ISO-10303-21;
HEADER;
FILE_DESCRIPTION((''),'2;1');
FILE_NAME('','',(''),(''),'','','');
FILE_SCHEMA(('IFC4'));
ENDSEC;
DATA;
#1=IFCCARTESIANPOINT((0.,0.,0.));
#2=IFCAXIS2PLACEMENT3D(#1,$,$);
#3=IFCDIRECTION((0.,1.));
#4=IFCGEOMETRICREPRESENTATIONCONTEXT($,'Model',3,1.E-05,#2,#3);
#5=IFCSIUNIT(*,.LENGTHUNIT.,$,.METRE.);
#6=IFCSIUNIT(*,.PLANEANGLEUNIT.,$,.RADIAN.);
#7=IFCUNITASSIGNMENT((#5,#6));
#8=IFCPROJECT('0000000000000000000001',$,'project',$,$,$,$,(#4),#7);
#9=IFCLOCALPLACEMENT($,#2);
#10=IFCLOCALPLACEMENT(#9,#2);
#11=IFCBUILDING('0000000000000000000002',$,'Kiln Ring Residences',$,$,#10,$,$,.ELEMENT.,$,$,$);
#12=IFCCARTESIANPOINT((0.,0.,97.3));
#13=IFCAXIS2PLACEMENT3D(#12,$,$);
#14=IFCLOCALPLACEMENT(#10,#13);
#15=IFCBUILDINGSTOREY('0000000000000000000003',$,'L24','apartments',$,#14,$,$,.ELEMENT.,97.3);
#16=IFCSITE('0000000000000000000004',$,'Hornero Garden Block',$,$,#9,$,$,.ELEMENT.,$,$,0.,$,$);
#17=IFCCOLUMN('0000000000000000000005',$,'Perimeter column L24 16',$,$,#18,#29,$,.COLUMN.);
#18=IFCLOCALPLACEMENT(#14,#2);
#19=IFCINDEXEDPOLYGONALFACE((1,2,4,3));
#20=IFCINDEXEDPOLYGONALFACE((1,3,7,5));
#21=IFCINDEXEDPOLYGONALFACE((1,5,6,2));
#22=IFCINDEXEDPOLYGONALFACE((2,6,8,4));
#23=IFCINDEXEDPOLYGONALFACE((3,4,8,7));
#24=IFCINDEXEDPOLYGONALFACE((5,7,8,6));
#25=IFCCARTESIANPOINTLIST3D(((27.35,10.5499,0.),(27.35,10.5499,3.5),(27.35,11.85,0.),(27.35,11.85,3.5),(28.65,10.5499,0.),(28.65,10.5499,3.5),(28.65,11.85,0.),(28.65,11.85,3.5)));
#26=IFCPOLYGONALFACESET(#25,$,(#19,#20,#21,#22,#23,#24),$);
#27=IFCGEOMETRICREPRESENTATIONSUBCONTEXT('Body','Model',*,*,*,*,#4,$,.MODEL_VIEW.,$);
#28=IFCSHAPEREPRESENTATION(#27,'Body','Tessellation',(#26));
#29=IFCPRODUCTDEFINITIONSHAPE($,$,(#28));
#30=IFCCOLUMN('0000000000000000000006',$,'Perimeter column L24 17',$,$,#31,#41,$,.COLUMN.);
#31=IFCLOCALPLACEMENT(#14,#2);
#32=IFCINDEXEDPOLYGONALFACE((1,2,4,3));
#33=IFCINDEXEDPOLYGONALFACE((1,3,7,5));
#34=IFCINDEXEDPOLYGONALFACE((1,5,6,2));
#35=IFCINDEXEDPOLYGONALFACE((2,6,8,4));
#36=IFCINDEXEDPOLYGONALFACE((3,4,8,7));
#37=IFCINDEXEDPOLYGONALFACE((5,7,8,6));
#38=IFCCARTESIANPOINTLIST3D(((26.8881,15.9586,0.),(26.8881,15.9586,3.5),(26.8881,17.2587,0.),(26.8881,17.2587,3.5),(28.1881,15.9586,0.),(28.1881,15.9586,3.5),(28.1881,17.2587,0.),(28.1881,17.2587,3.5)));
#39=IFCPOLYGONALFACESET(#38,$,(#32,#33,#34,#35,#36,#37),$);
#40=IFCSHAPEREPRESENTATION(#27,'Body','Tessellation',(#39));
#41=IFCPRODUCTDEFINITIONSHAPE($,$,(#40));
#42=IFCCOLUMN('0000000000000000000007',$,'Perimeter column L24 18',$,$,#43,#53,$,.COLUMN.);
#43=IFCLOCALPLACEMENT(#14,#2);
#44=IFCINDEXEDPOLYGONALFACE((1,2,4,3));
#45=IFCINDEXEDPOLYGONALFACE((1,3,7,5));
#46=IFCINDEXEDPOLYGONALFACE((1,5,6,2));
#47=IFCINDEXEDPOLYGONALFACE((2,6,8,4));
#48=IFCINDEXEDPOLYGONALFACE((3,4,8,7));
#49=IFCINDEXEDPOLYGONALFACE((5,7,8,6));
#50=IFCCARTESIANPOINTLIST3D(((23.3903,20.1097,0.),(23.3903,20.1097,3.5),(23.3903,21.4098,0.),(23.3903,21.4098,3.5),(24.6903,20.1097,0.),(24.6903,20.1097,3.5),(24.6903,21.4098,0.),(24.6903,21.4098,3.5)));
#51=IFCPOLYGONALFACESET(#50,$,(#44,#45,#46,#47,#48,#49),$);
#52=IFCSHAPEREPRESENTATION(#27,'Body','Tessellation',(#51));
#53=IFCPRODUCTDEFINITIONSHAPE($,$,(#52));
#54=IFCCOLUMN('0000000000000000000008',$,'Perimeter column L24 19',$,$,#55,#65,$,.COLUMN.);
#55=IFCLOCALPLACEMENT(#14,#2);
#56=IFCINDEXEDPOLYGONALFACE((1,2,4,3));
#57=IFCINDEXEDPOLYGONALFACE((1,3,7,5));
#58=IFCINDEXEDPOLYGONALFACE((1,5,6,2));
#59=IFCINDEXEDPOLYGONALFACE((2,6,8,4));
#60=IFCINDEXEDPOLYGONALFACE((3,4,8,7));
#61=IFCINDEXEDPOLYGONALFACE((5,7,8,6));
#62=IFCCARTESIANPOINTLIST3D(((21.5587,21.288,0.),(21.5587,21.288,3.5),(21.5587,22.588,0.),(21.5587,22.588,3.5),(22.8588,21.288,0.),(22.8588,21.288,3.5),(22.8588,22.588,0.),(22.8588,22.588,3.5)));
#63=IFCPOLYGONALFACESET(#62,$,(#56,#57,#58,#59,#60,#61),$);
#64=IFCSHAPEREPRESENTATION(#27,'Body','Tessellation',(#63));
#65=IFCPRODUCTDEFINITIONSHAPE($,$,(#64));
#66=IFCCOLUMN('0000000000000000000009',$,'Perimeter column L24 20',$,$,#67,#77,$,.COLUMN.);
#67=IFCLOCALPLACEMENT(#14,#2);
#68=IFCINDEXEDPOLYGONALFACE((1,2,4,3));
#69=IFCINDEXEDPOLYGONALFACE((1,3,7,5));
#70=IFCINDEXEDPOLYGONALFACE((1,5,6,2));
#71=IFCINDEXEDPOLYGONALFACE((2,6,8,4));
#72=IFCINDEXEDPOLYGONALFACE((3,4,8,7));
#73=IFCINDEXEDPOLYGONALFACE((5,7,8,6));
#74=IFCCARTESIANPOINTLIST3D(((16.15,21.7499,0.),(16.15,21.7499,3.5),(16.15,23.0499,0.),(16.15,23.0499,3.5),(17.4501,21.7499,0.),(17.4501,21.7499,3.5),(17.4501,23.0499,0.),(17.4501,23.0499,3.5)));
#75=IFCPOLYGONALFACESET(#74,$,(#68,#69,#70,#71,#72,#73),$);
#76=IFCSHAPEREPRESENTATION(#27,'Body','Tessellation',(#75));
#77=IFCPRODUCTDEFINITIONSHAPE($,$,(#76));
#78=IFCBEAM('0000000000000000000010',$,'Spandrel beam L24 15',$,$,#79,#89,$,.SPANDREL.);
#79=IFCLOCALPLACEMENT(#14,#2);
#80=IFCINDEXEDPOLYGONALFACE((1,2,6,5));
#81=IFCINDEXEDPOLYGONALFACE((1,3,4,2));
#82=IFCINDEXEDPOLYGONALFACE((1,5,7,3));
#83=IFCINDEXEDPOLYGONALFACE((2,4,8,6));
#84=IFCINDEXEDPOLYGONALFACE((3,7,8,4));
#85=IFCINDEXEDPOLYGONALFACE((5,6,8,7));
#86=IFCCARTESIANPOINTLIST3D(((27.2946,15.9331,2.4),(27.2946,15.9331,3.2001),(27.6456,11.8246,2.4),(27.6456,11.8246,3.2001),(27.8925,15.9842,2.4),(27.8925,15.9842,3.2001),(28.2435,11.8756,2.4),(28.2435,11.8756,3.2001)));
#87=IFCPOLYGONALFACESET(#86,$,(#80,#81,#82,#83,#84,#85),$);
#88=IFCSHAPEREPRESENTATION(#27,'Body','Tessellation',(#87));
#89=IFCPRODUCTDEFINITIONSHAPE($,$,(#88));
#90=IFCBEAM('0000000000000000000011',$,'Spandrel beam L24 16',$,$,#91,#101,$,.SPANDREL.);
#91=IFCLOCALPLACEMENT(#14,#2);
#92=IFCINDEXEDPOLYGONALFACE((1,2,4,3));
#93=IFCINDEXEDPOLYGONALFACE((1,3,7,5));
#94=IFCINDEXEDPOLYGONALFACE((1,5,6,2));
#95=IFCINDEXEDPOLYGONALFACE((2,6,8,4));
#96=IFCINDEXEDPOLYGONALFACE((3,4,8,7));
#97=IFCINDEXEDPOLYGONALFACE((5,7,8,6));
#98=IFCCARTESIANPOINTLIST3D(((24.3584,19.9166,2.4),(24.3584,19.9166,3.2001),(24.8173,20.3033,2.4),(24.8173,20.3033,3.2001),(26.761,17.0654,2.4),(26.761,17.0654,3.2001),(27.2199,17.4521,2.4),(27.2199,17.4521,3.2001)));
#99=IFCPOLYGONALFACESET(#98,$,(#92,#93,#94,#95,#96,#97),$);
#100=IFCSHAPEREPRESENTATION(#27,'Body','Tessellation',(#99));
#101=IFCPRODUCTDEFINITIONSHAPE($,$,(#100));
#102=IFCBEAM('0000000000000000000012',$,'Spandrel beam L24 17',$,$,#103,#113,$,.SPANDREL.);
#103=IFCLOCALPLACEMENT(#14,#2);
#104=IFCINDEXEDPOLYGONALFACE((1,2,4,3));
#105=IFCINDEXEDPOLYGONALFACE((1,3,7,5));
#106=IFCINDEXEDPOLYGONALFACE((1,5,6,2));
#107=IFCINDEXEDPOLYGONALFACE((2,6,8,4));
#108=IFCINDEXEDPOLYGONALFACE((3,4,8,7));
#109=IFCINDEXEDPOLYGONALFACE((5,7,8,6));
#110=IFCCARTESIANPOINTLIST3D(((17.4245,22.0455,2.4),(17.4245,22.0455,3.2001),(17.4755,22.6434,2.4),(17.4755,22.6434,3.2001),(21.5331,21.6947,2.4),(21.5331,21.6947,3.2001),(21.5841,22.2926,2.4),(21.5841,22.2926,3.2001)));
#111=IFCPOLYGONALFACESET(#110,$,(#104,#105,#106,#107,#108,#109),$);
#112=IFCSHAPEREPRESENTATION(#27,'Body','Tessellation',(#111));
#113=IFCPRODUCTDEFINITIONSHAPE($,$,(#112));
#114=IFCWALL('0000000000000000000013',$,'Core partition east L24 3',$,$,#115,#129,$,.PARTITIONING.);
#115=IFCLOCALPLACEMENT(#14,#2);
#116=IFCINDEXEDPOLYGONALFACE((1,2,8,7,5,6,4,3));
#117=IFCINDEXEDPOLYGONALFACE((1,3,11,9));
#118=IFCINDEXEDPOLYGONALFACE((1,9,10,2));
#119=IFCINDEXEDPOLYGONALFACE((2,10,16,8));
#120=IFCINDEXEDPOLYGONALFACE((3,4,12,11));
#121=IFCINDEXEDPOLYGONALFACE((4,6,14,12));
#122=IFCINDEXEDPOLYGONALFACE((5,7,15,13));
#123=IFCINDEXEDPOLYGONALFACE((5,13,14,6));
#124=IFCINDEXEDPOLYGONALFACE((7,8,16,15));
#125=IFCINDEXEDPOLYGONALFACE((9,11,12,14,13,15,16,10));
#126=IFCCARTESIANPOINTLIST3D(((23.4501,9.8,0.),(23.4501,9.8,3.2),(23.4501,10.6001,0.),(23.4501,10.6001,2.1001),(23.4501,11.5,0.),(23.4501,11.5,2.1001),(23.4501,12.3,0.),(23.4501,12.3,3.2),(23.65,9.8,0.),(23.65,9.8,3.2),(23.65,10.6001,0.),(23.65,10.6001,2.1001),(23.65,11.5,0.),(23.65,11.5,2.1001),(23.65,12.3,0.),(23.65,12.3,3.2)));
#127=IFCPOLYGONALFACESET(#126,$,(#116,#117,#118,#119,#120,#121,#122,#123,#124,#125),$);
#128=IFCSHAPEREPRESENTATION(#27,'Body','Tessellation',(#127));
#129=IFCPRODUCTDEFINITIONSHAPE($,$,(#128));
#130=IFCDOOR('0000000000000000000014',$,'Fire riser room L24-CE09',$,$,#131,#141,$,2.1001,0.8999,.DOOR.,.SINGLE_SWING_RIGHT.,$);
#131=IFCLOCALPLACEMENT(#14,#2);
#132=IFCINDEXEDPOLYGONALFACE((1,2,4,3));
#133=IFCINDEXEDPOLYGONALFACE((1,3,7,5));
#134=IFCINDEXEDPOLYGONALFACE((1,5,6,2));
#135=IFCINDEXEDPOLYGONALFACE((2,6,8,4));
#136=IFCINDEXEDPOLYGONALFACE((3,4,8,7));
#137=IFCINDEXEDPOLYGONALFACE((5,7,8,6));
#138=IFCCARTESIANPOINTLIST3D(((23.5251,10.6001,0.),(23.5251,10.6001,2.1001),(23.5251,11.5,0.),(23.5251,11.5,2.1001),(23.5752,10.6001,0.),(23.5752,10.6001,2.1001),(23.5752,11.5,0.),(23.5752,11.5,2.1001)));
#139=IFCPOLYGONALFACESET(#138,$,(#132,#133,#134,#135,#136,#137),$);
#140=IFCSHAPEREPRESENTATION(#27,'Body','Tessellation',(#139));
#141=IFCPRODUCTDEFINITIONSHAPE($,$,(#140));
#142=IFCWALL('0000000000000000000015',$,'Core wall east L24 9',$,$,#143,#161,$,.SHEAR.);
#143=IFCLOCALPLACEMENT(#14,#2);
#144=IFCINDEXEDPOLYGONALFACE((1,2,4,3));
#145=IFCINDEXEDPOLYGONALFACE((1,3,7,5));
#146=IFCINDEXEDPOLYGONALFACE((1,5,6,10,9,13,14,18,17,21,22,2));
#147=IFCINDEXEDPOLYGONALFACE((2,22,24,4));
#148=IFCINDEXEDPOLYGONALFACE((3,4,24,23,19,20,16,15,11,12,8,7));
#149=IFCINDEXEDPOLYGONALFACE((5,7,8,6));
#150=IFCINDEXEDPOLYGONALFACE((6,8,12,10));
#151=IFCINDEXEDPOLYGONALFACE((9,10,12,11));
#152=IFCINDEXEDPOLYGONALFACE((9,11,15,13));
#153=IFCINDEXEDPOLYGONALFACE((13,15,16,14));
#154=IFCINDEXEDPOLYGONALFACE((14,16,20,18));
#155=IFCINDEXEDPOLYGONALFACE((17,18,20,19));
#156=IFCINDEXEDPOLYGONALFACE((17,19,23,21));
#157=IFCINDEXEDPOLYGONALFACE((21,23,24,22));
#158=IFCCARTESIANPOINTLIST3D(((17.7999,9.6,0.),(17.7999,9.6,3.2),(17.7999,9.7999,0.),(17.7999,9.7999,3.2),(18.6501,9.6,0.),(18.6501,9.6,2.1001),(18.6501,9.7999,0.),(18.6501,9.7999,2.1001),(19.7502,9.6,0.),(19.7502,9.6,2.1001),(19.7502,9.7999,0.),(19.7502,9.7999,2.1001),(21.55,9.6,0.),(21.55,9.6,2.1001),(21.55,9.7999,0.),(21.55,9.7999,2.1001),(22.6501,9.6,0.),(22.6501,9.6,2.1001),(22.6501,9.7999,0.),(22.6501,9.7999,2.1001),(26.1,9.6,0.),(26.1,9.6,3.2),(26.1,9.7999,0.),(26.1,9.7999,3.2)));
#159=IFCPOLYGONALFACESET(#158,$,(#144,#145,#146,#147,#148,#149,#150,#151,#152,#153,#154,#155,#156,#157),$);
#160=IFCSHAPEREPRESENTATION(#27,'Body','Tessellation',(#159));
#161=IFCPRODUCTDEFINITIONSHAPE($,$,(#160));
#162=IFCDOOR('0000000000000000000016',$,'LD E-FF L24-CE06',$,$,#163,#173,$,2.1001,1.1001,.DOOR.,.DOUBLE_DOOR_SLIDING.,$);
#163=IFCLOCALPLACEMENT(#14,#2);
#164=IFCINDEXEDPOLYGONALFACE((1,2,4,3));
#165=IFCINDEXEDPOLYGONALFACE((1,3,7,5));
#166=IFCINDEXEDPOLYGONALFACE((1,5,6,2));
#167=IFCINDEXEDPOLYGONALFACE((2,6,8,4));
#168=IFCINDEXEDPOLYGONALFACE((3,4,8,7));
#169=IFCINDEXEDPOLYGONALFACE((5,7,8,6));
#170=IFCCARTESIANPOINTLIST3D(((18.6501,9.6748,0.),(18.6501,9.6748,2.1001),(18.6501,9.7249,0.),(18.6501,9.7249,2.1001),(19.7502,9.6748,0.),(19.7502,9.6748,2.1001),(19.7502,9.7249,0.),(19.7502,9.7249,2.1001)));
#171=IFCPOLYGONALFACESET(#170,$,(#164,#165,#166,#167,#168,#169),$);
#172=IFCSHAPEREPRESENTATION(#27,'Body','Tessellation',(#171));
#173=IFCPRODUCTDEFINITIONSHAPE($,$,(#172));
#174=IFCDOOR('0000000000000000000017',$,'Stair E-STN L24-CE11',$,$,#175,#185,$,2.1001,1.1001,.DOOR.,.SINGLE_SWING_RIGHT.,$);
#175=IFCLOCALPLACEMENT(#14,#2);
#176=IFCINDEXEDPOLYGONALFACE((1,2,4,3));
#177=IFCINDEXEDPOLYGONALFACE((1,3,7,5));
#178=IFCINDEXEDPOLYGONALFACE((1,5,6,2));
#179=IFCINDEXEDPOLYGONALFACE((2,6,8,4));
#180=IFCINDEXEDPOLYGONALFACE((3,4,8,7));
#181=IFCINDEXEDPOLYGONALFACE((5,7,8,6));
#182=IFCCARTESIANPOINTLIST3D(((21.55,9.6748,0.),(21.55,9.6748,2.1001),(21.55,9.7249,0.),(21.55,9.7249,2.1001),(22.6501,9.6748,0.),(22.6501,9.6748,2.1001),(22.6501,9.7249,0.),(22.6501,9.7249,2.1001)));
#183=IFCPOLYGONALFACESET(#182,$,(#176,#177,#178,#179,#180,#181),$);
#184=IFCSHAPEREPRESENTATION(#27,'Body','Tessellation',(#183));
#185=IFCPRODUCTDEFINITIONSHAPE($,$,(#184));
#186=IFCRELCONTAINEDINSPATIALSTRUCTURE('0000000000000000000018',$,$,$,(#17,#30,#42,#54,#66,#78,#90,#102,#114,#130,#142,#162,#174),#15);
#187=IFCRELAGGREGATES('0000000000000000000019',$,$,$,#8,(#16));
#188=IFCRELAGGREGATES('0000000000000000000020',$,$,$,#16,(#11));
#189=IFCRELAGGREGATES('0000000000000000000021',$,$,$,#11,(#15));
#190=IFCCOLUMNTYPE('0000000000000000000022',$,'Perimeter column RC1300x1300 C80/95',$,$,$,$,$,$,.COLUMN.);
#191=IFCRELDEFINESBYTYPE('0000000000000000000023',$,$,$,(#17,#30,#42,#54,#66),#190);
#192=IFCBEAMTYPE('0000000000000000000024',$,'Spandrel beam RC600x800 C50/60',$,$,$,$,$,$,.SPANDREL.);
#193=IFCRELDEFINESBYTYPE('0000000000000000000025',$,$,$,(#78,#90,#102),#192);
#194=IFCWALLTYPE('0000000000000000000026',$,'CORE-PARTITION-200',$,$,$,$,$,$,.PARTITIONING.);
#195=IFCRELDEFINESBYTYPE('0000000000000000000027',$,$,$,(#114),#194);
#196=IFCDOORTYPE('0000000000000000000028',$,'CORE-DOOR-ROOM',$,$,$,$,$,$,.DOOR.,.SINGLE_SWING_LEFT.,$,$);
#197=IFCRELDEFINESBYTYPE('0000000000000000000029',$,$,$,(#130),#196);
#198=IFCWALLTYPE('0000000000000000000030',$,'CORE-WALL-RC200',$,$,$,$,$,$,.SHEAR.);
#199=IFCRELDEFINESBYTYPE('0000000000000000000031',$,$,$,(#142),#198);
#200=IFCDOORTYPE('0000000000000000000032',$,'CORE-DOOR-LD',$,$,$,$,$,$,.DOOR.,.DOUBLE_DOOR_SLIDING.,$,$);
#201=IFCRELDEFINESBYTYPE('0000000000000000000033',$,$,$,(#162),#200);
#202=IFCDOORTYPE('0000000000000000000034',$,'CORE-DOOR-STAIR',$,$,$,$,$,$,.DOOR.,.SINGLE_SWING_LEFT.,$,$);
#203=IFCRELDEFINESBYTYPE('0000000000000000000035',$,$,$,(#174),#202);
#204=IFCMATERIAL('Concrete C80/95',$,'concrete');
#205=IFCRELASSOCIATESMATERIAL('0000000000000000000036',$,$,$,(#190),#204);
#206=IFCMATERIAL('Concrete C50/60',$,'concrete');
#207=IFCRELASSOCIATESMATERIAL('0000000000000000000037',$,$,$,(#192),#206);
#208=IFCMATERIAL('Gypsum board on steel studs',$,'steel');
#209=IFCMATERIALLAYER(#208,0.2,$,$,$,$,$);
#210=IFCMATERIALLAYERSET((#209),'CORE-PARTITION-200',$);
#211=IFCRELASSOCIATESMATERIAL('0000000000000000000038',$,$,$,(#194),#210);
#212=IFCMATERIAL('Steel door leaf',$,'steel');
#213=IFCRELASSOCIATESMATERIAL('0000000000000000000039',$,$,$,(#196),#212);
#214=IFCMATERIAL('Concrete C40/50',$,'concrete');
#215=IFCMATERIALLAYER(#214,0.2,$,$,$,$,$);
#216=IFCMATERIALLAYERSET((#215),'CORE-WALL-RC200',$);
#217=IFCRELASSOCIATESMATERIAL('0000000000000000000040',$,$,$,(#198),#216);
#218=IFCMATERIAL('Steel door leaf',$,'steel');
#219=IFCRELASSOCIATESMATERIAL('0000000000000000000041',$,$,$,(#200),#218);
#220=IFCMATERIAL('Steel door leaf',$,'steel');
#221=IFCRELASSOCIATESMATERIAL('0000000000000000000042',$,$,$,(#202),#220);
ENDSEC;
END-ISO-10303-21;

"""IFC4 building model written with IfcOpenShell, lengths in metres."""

from ifc_helpers import new_model, si_unit, direction, frame, frame_2d, origin, origin_2d, place, context, subcontext, project, spatial, rectangle, extrude, material, layer, layer_set, material_profile, profile_set, type_object, element, fill, save


model = new_model("IFC4")

# Units and contexts
model_context = context("Model", 3, precision=1e-05, world=origin(), true_north=direction((0.0, 1.0)))
body_context = subcontext(model_context, "Body", "Model", "MODEL_VIEW")
ifc_project = project(units=[si_unit("LENGTHUNIT", "METRE"), si_unit("PLANEANGLEUNIT", "RADIAN")], contexts=[model_context])

# Site, building, storey
site_placement = place(None, origin())
site = spatial("IfcSite", under=ifc_project, at=site_placement, Name="Hornero Garden Block", CompositionType="ELEMENT", RefElevation=0.0)
building_placement = place(site_placement, origin())
building = spatial("IfcBuilding", under=site, at=building_placement, Name="Kiln Ring Residences", CompositionType="ELEMENT")
storey_placement = place(building_placement, frame((0.0, 0.0, 97.3)))
storey = spatial("IfcBuildingStorey", under=building, at=storey_placement, Name="L24", Description="apartments", CompositionType="ELEMENT", Elevation=97.3)

# Columns
ifc_material_1 = material(Name="Concrete C80/95", Category="concrete")
ifc_material_profile_1 = material_profile(ifc_material_1, rectangle(XDim=1.3, YDim=1.3, at=origin_2d()), Name="RC1300x1300")
ifc_profile_set_1 = profile_set([ifc_material_profile_1], Name="Concrete C80/95")
column_type = type_object("IfcColumnType", Name="Perimeter column RC1300x1300 C80/95", PredefinedType="COLUMN", material=ifc_profile_set_1)
for number, where, z_axis, x_axis, name in (
    (1, (28.0, 11.2, 0.0), (0.0, 0.0, 1.0), (1.0, 0.0, 0.0), "Perimeter column L24 16"),
    (2, (27.5381, 16.6086, 0.0), (0.0, 0.0, 1.0), (1.0, 0.0, 0.0), "Perimeter column L24 17"),
    (3, (24.0403, 20.7598, 0.0), (0.0, 0.0, 1.0), (1.0, 0.0, 0.0), "Perimeter column L24 18"),
    (4, (22.2087, 21.938, 0.0), (0.0, 0.0, 1.0), (1.0, 0.0, 0.0), "Perimeter column L24 19"),
    (5, (16.8, 22.3999, 0.0), (0.0, 0.0, 1.0), (1.0, 0.0, 0.0), "Perimeter column L24 20"),
):
    element("IfcColumn", number, at=place(storey_placement, frame(where, z_axis=z_axis, x_axis=x_axis)), inside=storey, type_object=column_type, Name=name, PredefinedType="COLUMN", context=body_context, shape_type="SweptSolid", body=[
        extrude(rectangle(XDim=1.3, YDim=1.3, at=origin_2d()), origin(), (0.0, 0.0, 1.0), 3.5),
    ])

# Beams
ifc_material_2 = material(Name="Concrete C50/60", Category="concrete")
ifc_material_profile_2 = material_profile(ifc_material_2, rectangle(XDim=0.6001, YDim=0.8, at=origin_2d()), Name="RC600x800")
ifc_profile_set_2 = profile_set([ifc_material_profile_2], Name="Concrete C50/60")
beam_type = type_object("IfcBeamType", Name="Spandrel beam RC600x800 C50/60", PredefinedType="SPANDREL", material=ifc_profile_set_2)
beam_1_placement = place(storey_placement, frame((27.9446, 11.8501, 2.8), z_axis=(-0.085137, 0.996369, 0.0), x_axis=(-0.996369, -0.085137, 0.0)))
element("IfcBeam", 6, at=beam_1_placement, inside=storey, type_object=beam_type, Name="Spandrel beam L24 15", PredefinedType="SPANDREL", context=body_context, shape_type="SweptSolid", body=[
    extrude(rectangle(XDim=0.6001, YDim=0.8, at=origin_2d()), origin(), (0.0, 0.0, 1.0), 4.1235),
])
beam_2_placement = place(storey_placement, frame((26.9905, 17.2588, 2.8), z_axis=(-0.6444, 0.764689, 0.0), x_axis=(-0.764689, -0.6444, 0.0)))
element("IfcBeam", 7, at=beam_2_placement, inside=storey, type_object=beam_type, Name="Spandrel beam L24 16", PredefinedType="SPANDREL", context=body_context, shape_type="SweptSolid", body=[
    extrude(rectangle(XDim=0.6001, YDim=0.8, at=origin_2d()), origin(), (0.0, 0.0, 1.0), 3.7285),
])
beam_3_placement = place(storey_placement, frame((21.5586, 21.9937, 2.8), z_axis=(-0.996374, 0.085079, 0.0), x_axis=(-0.085079, -0.996374, 0.0)))
element("IfcBeam", 8, at=beam_3_placement, inside=storey, type_object=beam_type, Name="Spandrel beam L24 17", PredefinedType="SPANDREL", context=body_context, shape_type="SweptSolid", body=[
    extrude(rectangle(XDim=0.6001, YDim=0.8, at=origin_2d()), origin(), (0.0, 0.0, 1.0), 4.1235),
])

# Wall, opening, door
ifc_material_3 = material(Name="Gypsum board on steel studs", Category="steel")
ifc_layer_1 = layer(ifc_material_3, 0.2)
ifc_layer_set_1 = layer_set([ifc_layer_1], Name="CORE-PARTITION-200")
wall_type_1 = type_object("IfcWallType", Name="CORE-PARTITION-200", PredefinedType="PARTITIONING", material=ifc_layer_set_1)
wall_1_placement = place(storey_placement, frame((23.55, 9.8, 0.0), z_axis=(0.0, 0.0, 1.0), x_axis=(0.0, 1.0, 0.0)))
wall_1 = element("IfcWall", 9, at=wall_1_placement, inside=storey, type_object=wall_type_1, Name="Core partition east L24 3", PredefinedType="PARTITIONING", context=body_context, shape_type="SweptSolid", body=[
    extrude(rectangle(XDim=2.5, YDim=0.2, at=frame_2d((1.25, 0.0))), origin(), (0.0, 0.0, 1.0), 3.2),
])
opening_1_placement = place(wall_1_placement, frame((0.8, 0.0, 0.0)))
opening_1 = element("IfcOpeningElement", 10, at=opening_1_placement, cuts=wall_1, PredefinedType="OPENING", context=body_context, shape_type="SweptSolid", body=[
    extrude(rectangle(XDim=0.8999, YDim=2.1001, at=frame_2d((0.45, 1.05))), frame((0.0, 0.1099, 0.0), z_axis=(0.0, -1.0, 0.0), x_axis=(1.0, 0.0, 0.0)), (0.0, 0.0, 1.0), 0.22),
])
ifc_material_4 = material(Name="Steel door leaf", Category="steel")
door_type_1 = type_object("IfcDoorType", Name="CORE-DOOR-ROOM", OperationType="SINGLE_SWING_LEFT", PredefinedType="DOOR", material=ifc_material_4)
door_1_placement = place(opening_1_placement, origin())
door_1 = element("IfcDoor", 11, at=door_1_placement, inside=storey, type_object=door_type_1, Name="Fire riser room L24-CE09", OperationType="SINGLE_SWING_RIGHT", OverallHeight=2.1001, OverallWidth=0.8999, PredefinedType="DOOR", context=body_context, shape_type="SweptSolid", body=[
    extrude(rectangle(XDim=0.8999, YDim=2.1001, at=frame_2d((0.45, 1.05))), frame((0.0, 0.0249, 0.0), z_axis=(0.0, -1.0, 0.0), x_axis=(1.0, 0.0, 0.0)), (0.0, 0.0, 1.0), 0.05),
])
fill(opening_1, door_1)

# Wall, openings, doors
ifc_material_5 = material(Name="Concrete C40/50", Category="concrete")
ifc_layer_2 = layer(ifc_material_5, 0.2)
ifc_layer_set_2 = layer_set([ifc_layer_2], Name="CORE-WALL-RC200")
wall_type_2 = type_object("IfcWallType", Name="CORE-WALL-RC200", PredefinedType="SHEAR", material=ifc_layer_set_2)
wall_2_placement = place(storey_placement, frame((17.8, 9.7, 0.0), z_axis=(0.0, 0.0, 1.0), x_axis=(1.0, 0.0, 0.0)))
wall_2 = element("IfcWall", 12, at=wall_2_placement, inside=storey, type_object=wall_type_2, Name="Core wall east L24 9", PredefinedType="SHEAR", context=body_context, shape_type="SweptSolid", body=[
    extrude(rectangle(XDim=8.3, YDim=0.2, at=frame_2d((4.1499, 0.0))), origin(), (0.0, 0.0, 1.0), 3.2),
])
opening_2_placement = place(wall_2_placement, frame((0.8501, 0.0, 0.0)))
opening_2 = element("IfcOpeningElement", 13, at=opening_2_placement, cuts=wall_2, PredefinedType="OPENING", context=body_context, shape_type="SweptSolid", body=[
    extrude(rectangle(XDim=1.1001, YDim=2.1001, at=frame_2d((0.55, 1.05))), frame((0.0, 0.1099, 0.0), z_axis=(0.0, -1.0, 0.0), x_axis=(1.0, 0.0, 0.0)), (0.0, 0.0, 1.0), 0.22),
])
opening_3_placement = place(wall_2_placement, frame((3.75, 0.0, 0.0)))
opening_3 = element("IfcOpeningElement", 14, at=opening_3_placement, cuts=wall_2, PredefinedType="OPENING", context=body_context, shape_type="SweptSolid", body=[
    extrude(rectangle(XDim=1.1001, YDim=2.1001, at=frame_2d((0.55, 1.05))), frame((0.0, 0.1099, 0.0), z_axis=(0.0, -1.0, 0.0), x_axis=(1.0, 0.0, 0.0)), (0.0, 0.0, 1.0), 0.22),
])
ifc_material_6 = material(Name="Steel door leaf", Category="steel")
door_type_2 = type_object("IfcDoorType", Name="CORE-DOOR-LD", OperationType="DOUBLE_DOOR_SLIDING", PredefinedType="DOOR", material=ifc_material_6)
door_2_placement = place(opening_2_placement, origin())
door_2 = element("IfcDoor", 15, at=door_2_placement, inside=storey, type_object=door_type_2, Name="LD E-FF L24-CE06", OperationType="DOUBLE_DOOR_SLIDING", OverallHeight=2.1001, OverallWidth=1.1001, PredefinedType="DOOR", context=body_context, shape_type="SweptSolid", body=[
    extrude(rectangle(XDim=1.1001, YDim=2.1001, at=frame_2d((0.55, 1.05))), frame((0.0, 0.0249, 0.0), z_axis=(0.0, -1.0, 0.0), x_axis=(1.0, 0.0, 0.0)), (0.0, 0.0, 1.0), 0.05),
])
fill(opening_2, door_2)
ifc_material_7 = material(Name="Steel door leaf", Category="steel")
door_type_3 = type_object("IfcDoorType", Name="CORE-DOOR-STAIR", OperationType="SINGLE_SWING_LEFT", PredefinedType="DOOR", material=ifc_material_7)
door_3_placement = place(opening_3_placement, origin())
door_3 = element("IfcDoor", 16, at=door_3_placement, inside=storey, type_object=door_type_3, Name="Stair E-STN L24-CE11", OperationType="SINGLE_SWING_RIGHT", OverallHeight=2.1001, OverallWidth=1.1001, PredefinedType="DOOR", context=body_context, shape_type="SweptSolid", body=[
    extrude(rectangle(XDim=1.1001, YDim=2.1001, at=frame_2d((0.55, 1.05))), frame((0.0, 0.0249, 0.0), z_axis=(0.0, -1.0, 0.0), x_axis=(1.0, 0.0, 0.0)), (0.0, 0.0, 1.0), 0.05),
])
fill(opening_3, door_3)

save(model, "model.ifc")
